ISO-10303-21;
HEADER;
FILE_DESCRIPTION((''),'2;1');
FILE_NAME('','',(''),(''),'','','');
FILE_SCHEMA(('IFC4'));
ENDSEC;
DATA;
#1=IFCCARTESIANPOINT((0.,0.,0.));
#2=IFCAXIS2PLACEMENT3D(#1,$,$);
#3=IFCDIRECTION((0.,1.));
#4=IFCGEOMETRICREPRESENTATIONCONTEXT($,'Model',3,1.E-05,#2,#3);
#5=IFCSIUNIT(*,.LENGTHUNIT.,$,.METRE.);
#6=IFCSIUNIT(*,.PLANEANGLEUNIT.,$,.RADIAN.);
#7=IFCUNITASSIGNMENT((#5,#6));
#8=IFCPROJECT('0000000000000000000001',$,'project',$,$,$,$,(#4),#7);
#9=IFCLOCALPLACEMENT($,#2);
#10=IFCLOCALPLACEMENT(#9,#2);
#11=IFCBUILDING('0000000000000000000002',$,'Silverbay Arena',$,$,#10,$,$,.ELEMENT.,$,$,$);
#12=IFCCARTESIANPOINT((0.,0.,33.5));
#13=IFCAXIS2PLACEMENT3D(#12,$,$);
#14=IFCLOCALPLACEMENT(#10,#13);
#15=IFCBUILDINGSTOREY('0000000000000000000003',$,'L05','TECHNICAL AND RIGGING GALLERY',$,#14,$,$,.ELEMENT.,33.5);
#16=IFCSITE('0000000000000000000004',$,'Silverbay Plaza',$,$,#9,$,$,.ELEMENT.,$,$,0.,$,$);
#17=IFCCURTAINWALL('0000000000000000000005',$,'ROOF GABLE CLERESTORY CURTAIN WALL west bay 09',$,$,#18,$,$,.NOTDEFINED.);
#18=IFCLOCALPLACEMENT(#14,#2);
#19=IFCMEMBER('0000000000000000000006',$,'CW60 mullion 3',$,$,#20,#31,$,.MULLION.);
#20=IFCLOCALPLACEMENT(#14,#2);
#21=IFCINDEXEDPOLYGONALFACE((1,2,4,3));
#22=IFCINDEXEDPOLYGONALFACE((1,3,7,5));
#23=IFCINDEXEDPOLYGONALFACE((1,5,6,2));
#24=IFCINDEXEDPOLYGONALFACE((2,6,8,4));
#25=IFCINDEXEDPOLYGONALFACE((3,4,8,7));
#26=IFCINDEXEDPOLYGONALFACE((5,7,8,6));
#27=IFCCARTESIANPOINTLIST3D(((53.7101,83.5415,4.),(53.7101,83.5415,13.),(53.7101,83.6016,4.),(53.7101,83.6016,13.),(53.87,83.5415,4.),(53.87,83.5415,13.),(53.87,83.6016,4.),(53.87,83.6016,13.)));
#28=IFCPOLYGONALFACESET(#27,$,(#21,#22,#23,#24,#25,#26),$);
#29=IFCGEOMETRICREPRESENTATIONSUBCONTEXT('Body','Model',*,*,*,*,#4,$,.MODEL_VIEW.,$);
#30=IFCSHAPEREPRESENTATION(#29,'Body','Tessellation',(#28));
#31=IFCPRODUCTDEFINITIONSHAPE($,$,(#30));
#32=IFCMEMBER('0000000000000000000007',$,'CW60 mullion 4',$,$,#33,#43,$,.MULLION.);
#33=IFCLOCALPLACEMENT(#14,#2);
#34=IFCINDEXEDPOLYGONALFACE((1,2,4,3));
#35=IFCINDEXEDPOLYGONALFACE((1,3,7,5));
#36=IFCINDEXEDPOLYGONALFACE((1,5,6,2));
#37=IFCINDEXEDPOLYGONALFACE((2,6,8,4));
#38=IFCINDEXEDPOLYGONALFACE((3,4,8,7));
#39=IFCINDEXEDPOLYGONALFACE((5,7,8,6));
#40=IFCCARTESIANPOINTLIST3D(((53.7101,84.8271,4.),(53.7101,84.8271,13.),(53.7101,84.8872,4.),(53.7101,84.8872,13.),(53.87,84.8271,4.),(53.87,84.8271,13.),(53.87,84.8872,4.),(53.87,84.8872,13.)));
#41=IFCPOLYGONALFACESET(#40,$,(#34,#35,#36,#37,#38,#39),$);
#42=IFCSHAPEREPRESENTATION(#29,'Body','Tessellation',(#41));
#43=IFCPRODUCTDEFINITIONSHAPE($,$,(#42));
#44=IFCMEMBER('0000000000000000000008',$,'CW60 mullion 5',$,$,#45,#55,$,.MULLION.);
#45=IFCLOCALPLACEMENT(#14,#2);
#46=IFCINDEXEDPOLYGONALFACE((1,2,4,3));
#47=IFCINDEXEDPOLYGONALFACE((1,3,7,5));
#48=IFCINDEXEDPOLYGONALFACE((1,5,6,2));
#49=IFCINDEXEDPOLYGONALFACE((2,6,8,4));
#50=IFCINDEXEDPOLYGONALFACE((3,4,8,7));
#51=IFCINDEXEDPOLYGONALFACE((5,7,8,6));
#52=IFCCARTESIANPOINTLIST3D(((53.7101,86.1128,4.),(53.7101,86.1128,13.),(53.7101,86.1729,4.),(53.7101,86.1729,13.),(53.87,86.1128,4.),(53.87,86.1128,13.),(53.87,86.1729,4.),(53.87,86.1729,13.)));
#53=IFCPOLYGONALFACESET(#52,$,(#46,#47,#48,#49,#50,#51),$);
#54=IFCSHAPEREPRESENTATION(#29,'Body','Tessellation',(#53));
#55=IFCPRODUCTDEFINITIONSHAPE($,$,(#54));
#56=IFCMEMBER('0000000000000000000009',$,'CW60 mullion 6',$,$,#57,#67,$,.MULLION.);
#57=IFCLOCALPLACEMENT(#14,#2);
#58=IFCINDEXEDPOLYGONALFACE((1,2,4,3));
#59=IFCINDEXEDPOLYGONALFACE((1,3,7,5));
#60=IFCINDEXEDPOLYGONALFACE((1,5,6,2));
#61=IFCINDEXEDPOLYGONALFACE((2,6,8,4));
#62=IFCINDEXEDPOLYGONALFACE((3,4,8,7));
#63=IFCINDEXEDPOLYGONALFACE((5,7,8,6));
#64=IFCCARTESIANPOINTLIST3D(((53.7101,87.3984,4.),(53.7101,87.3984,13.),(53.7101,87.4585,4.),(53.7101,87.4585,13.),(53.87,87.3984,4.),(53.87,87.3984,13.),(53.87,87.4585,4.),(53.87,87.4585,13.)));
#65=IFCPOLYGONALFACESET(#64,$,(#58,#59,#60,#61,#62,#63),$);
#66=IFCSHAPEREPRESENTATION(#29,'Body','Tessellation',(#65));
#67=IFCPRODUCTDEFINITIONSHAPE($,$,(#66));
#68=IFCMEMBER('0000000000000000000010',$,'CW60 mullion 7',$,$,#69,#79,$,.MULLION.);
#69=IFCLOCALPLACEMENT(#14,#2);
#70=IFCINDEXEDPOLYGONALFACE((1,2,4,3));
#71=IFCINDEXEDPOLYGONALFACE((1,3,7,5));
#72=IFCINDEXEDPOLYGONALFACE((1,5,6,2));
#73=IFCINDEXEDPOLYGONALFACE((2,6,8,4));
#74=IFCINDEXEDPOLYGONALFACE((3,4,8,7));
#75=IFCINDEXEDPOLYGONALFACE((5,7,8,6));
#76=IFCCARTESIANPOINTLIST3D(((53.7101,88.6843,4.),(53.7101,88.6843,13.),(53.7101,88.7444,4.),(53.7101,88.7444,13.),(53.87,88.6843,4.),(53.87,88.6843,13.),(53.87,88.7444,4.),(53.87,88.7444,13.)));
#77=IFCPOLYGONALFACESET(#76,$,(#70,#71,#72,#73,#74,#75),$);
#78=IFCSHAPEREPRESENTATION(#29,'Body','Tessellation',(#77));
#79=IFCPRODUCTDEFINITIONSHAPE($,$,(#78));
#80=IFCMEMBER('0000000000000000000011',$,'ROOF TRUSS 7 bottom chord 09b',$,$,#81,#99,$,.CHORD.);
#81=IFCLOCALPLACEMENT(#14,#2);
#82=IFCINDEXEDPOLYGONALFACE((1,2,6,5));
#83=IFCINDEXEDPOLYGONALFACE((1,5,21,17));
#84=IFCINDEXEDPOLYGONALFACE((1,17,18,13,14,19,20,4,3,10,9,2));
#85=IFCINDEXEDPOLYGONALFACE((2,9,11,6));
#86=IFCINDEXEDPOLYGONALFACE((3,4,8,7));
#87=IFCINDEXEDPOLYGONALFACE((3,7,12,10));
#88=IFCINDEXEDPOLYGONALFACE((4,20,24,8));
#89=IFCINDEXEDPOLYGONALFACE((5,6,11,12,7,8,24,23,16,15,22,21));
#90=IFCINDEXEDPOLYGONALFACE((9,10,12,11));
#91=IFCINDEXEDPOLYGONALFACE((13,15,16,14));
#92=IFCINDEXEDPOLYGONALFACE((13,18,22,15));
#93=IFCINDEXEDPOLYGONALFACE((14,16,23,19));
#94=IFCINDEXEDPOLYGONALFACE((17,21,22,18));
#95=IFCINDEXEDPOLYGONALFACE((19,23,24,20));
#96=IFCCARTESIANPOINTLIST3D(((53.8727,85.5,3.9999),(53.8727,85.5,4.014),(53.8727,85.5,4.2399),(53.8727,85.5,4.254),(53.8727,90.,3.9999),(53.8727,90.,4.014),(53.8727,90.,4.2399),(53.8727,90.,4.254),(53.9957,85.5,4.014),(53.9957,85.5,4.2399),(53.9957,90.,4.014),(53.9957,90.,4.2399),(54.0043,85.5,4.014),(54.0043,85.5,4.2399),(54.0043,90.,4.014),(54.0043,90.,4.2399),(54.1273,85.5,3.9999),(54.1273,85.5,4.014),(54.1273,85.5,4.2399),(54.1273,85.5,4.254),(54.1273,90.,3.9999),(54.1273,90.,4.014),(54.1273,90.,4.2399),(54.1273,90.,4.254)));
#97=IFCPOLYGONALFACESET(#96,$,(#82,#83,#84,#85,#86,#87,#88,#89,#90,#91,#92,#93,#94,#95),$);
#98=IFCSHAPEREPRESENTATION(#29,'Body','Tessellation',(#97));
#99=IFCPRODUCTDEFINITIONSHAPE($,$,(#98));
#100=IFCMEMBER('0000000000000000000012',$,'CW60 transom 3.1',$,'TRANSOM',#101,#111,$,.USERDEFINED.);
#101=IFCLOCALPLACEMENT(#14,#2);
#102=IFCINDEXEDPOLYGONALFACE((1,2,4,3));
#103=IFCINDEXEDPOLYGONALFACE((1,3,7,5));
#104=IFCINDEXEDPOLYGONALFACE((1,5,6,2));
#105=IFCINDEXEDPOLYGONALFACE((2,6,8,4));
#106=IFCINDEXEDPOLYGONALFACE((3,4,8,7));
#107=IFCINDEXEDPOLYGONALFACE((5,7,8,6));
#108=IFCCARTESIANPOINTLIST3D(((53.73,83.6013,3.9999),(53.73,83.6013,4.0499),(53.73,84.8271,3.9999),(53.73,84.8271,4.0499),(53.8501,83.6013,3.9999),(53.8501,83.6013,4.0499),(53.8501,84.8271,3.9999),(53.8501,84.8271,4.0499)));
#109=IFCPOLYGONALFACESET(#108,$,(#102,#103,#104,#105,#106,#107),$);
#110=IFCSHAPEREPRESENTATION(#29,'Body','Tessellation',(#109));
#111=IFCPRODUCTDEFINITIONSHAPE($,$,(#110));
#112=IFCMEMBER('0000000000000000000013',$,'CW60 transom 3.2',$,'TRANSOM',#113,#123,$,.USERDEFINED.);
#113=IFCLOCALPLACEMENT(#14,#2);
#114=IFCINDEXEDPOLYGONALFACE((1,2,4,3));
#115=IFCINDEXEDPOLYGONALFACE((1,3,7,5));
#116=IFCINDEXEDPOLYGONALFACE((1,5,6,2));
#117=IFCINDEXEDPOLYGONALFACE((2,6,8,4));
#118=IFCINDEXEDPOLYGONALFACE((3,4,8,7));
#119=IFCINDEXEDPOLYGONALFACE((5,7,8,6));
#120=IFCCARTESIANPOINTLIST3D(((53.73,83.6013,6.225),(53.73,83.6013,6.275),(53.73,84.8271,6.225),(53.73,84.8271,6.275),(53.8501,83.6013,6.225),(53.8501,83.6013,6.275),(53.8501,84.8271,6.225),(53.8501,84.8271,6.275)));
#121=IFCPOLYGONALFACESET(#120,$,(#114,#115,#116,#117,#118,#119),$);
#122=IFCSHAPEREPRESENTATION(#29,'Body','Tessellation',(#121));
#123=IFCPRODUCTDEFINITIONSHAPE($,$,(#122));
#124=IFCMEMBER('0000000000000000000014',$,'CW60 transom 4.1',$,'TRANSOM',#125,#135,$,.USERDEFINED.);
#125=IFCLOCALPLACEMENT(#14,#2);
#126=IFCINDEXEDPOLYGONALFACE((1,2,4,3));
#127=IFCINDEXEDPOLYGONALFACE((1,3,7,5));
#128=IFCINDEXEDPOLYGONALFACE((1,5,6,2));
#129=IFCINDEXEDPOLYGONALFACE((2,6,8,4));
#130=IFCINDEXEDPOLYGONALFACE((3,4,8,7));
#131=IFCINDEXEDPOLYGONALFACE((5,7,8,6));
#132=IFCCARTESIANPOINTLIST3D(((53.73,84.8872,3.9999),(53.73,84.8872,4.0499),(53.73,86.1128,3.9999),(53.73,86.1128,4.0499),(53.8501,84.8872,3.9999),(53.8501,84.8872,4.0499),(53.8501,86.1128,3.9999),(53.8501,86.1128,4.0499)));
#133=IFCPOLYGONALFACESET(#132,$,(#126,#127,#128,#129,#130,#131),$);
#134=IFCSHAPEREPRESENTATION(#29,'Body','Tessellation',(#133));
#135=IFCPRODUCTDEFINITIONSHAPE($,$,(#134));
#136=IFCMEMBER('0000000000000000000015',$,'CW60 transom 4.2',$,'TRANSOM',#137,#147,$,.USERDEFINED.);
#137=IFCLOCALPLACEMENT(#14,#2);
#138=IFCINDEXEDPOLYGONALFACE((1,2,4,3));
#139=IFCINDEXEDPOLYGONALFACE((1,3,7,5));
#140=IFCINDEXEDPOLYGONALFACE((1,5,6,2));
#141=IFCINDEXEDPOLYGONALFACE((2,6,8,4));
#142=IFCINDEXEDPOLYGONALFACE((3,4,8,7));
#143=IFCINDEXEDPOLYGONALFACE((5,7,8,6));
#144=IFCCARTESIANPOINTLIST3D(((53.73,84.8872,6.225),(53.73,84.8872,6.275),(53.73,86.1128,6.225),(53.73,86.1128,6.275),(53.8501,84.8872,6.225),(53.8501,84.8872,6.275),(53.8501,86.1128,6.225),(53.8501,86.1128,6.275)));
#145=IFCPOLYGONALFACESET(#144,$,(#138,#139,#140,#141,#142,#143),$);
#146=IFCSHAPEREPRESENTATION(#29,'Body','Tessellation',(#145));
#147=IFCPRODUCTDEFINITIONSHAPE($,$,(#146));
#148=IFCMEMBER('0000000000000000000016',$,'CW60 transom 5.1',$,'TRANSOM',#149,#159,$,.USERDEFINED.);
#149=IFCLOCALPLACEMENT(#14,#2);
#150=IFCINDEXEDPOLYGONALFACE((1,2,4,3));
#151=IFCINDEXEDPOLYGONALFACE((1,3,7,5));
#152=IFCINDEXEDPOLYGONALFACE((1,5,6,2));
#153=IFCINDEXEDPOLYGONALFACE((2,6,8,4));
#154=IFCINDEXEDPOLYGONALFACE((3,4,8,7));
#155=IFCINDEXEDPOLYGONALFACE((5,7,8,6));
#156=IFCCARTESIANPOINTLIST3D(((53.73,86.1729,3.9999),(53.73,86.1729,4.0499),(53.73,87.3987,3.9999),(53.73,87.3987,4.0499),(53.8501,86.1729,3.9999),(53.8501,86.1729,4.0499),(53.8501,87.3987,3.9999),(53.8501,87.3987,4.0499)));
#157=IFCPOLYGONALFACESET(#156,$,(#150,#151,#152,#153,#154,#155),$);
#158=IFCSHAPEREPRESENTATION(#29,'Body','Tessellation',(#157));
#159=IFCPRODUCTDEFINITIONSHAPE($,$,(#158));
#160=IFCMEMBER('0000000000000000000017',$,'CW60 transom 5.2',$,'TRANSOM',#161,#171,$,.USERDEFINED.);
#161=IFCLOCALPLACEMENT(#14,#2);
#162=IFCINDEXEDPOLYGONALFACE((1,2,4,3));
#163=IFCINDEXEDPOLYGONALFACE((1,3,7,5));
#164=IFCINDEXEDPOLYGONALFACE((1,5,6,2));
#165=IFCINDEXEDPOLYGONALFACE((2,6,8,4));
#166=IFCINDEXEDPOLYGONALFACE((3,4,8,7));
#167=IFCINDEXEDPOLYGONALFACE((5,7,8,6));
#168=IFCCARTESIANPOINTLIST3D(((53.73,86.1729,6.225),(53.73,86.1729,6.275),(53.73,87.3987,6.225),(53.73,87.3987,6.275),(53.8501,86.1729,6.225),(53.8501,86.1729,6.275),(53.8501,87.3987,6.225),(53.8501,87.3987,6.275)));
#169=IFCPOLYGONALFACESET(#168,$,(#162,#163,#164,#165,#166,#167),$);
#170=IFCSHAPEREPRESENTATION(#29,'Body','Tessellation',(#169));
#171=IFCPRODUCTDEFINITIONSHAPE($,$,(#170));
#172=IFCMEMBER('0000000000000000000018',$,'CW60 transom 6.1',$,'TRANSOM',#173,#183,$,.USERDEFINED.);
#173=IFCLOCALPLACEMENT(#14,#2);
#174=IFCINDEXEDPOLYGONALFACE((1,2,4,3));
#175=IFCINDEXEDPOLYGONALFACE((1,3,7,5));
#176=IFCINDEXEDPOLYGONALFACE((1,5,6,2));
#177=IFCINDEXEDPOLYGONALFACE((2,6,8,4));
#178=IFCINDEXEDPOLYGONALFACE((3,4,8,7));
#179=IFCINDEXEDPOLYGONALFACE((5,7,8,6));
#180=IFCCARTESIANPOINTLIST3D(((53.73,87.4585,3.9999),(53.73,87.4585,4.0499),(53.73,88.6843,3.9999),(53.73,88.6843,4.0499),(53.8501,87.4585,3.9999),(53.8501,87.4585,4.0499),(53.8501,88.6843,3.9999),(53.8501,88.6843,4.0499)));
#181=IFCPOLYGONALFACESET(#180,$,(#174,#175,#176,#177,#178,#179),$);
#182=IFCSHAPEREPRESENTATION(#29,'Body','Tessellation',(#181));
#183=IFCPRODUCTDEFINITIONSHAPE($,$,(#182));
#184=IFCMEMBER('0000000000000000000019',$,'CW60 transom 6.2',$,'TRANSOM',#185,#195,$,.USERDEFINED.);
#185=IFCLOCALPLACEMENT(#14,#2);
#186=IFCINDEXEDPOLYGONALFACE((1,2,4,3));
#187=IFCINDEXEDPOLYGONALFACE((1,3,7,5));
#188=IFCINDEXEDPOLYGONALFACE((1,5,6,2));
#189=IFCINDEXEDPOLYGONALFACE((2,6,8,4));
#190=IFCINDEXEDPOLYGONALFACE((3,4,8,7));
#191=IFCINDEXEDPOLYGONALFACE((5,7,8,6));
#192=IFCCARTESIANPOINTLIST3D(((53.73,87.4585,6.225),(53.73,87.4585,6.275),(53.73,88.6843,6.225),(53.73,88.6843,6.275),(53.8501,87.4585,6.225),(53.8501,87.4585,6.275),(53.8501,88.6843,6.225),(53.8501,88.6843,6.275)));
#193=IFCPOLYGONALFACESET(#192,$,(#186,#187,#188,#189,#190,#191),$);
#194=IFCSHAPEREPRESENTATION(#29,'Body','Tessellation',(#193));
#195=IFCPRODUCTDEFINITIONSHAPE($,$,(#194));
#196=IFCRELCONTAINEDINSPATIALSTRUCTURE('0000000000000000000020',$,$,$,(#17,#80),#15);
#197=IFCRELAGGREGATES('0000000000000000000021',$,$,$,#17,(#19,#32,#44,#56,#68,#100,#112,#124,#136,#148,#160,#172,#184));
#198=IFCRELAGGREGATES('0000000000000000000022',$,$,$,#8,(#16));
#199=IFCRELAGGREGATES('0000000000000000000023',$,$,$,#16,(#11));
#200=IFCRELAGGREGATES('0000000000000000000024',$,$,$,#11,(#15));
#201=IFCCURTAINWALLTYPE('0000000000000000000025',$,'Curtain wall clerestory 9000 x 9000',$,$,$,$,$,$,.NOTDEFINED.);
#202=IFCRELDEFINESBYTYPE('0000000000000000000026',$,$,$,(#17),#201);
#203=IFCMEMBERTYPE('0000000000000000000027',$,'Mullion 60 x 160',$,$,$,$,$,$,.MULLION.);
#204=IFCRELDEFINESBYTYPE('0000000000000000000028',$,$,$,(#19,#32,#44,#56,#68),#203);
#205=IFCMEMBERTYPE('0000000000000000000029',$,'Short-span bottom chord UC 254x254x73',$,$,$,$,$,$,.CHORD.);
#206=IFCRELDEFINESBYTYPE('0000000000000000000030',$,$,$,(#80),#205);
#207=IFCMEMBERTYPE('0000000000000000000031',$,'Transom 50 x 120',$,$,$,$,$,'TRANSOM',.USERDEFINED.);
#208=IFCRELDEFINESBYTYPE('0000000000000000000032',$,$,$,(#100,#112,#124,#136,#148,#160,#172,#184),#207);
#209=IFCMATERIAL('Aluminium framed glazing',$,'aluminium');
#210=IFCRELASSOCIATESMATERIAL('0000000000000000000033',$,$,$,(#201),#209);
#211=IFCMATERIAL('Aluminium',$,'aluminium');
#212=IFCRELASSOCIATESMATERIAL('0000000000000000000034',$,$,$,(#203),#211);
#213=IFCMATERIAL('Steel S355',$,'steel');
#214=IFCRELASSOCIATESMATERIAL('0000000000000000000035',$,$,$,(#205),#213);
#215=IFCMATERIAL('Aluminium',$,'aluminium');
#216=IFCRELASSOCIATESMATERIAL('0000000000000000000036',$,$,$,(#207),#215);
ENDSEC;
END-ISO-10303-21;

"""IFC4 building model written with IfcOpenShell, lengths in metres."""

from ifc_helpers import new_model, si_unit, direction, frame, origin, origin_2d, place, context, subcontext, project, spatial, rectangle, i_section, extrude, material, material_profile, profile_set, type_object, element, aggregate, save


model = new_model("IFC4")

# Units and contexts
model_context = context("Model", 3, precision=1e-05, world=origin(), true_north=direction((0.0, 1.0)))
body_context = subcontext(model_context, "Body", "Model", "MODEL_VIEW")
ifc_project = project(units=[si_unit("LENGTHUNIT", "METRE"), si_unit("PLANEANGLEUNIT", "RADIAN")], contexts=[model_context])

# Site, building, storey
site_placement = place(None, origin())
site = spatial("IfcSite", under=ifc_project, at=site_placement, Name="Silverbay Plaza", CompositionType="ELEMENT", RefElevation=0.0)
building_placement = place(site_placement, origin())
building = spatial("IfcBuilding", under=site, at=building_placement, Name="Silverbay Arena", CompositionType="ELEMENT")
storey_placement = place(building_placement, frame((0.0, 0.0, 33.5)))
storey = spatial("IfcBuildingStorey", under=building, at=storey_placement, Name="L05", Description="TECHNICAL AND RIGGING GALLERY", CompositionType="ELEMENT", Elevation=33.5)

# Curtain wall, members
ifc_material_1 = material(Name="Aluminium framed glazing", Category="aluminium")
curtain_wall_type = type_object("IfcCurtainWallType", Name="Curtain wall clerestory 9000 x 9000", PredefinedType="NOTDEFINED", material=ifc_material_1)
curtain_wall_placement = place(storey_placement, origin())
curtain_wall = element("IfcCurtainWall", 1, at=curtain_wall_placement, inside=storey, type_object=curtain_wall_type, Name="ROOF GABLE CLERESTORY CURTAIN WALL west bay 09", PredefinedType="NOTDEFINED")
ifc_material_2 = material(Name="Aluminium", Category="aluminium")
ifc_material_profile_1 = material_profile(ifc_material_2, rectangle(XDim=0.1599, YDim=0.0601, at=origin_2d()), Name="Mullion 60 x 160")
ifc_profile_set_1 = profile_set([ifc_material_profile_1], Name="Aluminium")
member_type_1 = type_object("IfcMemberType", Name="Mullion 60 x 160", PredefinedType="MULLION", material=ifc_profile_set_1)
member_1_placement = place(storey_placement, frame((53.79, 83.5715, 4.0), z_axis=(0.0, 0.0, 1.0), x_axis=(-1.0, 0.0, 0.0)))
member_1 = element("IfcMember", 2, at=member_1_placement, type_object=member_type_1, Name="CW60 mullion 3", PredefinedType="MULLION", context=body_context, shape_type="SweptSolid", body=[
    extrude(rectangle(XDim=0.1599, YDim=0.0601, at=origin_2d()), origin(), (0.0, 0.0, 1.0), 9.0),
])
member_2_placement = place(storey_placement, frame((53.79, 84.8572, 4.0), z_axis=(0.0, 0.0, 1.0), x_axis=(-1.0, 0.0, 0.0)))
member_2 = element("IfcMember", 3, at=member_2_placement, type_object=member_type_1, Name="CW60 mullion 4", PredefinedType="MULLION", context=body_context, shape_type="SweptSolid", body=[
    extrude(rectangle(XDim=0.1599, YDim=0.0601, at=origin_2d()), origin(), (0.0, 0.0, 1.0), 9.0),
])
member_3_placement = place(storey_placement, frame((53.79, 86.1428, 4.0), z_axis=(0.0, 0.0, 1.0), x_axis=(-1.0, 0.0, 0.0)))
member_3 = element("IfcMember", 4, at=member_3_placement, type_object=member_type_1, Name="CW60 mullion 5", PredefinedType="MULLION", context=body_context, shape_type="SweptSolid", body=[
    extrude(rectangle(XDim=0.1599, YDim=0.0601, at=origin_2d()), origin(), (0.0, 0.0, 1.0), 9.0),
])
member_4_placement = place(storey_placement, frame((53.79, 87.4285, 4.0), z_axis=(0.0, 0.0, 1.0), x_axis=(-1.0, 0.0, 0.0)))
member_4 = element("IfcMember", 5, at=member_4_placement, type_object=member_type_1, Name="CW60 mullion 6", PredefinedType="MULLION", context=body_context, shape_type="SweptSolid", body=[
    extrude(rectangle(XDim=0.1599, YDim=0.0601, at=origin_2d()), origin(), (0.0, 0.0, 1.0), 9.0),
])
member_5_placement = place(storey_placement, frame((53.79, 88.7144, 4.0), z_axis=(0.0, 0.0, 1.0), x_axis=(-1.0, 0.0, 0.0)))
member_5 = element("IfcMember", 6, at=member_5_placement, type_object=member_type_1, Name="CW60 mullion 7", PredefinedType="MULLION", context=body_context, shape_type="SweptSolid", body=[
    extrude(rectangle(XDim=0.1599, YDim=0.0601, at=origin_2d()), origin(), (0.0, 0.0, 1.0), 9.0),
])

# Members
ifc_material_3 = material(Name="Steel S355", Category="steel")
ifc_material_profile_2 = material_profile(ifc_material_3, i_section(OverallWidth=0.2546, OverallDepth=0.2542, WebThickness=0.0085, FlangeThickness=0.0142, at=origin_2d()), Name="UC 254x254x73")
ifc_profile_set_2 = profile_set([ifc_material_profile_2], Name="Steel S355")
member_type_2 = type_object("IfcMemberType", Name="Short-span bottom chord UC 254x254x73", PredefinedType="CHORD", material=ifc_profile_set_2)
member_6_placement = place(storey_placement, frame((54.0, 85.5, 4.127), z_axis=(0.0, 1.0, 0.0), x_axis=(-1.0, 0.0, 0.0)))
element("IfcMember", 7, at=member_6_placement, inside=storey, type_object=member_type_2, Name="ROOF TRUSS 7 bottom chord 09b", PredefinedType="CHORD", context=body_context, shape_type="SweptSolid", body=[
    extrude(i_section(OverallWidth=0.2546, OverallDepth=0.2542, WebThickness=0.0085, FlangeThickness=0.0142, at=origin_2d()), origin(), (0.0, 0.0, 1.0), 4.5),
])
ifc_material_4 = material(Name="Aluminium", Category="aluminium")
ifc_material_profile_3 = material_profile(ifc_material_4, rectangle(XDim=0.1201, YDim=0.05, at=origin_2d()), Name="Transom 50 x 120")
ifc_profile_set_3 = profile_set([ifc_material_profile_3], Name="Aluminium")
member_type_3 = type_object("IfcMemberType", Name="Transom 50 x 120", ElementType="TRANSOM", PredefinedType="USERDEFINED", material=ifc_profile_set_3)
member_7_placement = place(storey_placement, frame((53.79, 83.6013, 4.0249), z_axis=(0.0, 1.0, 0.0), x_axis=(-1.0, 0.0, 0.0)))
member_7 = element("IfcMember", 8, at=member_7_placement, type_object=member_type_3, Name="CW60 transom 3.1", ObjectType="TRANSOM", PredefinedType="USERDEFINED", context=body_context, shape_type="SweptSolid", body=[
    extrude(rectangle(XDim=0.1201, YDim=0.05, at=origin_2d()), origin(), (0.0, 0.0, 1.0), 1.2258),
])
member_8_placement = place(storey_placement, frame((53.79, 83.6013, 6.25), z_axis=(0.0, 1.0, 0.0), x_axis=(-1.0, 0.0, 0.0)))
member_8 = element("IfcMember", 9, at=member_8_placement, type_object=member_type_3, Name="CW60 transom 3.2", ObjectType="TRANSOM", PredefinedType="USERDEFINED", context=body_context, shape_type="SweptSolid", body=[
    extrude(rectangle(XDim=0.1201, YDim=0.05, at=origin_2d()), origin(), (0.0, 0.0, 1.0), 1.2258),
])
member_9_placement = place(storey_placement, frame((53.79, 84.8872, 4.0249), z_axis=(0.0, 1.0, 0.0), x_axis=(-1.0, 0.0, 0.0)))
member_9 = element("IfcMember", 10, at=member_9_placement, type_object=member_type_3, Name="CW60 transom 4.1", ObjectType="TRANSOM", PredefinedType="USERDEFINED", context=body_context, shape_type="SweptSolid", body=[
    extrude(rectangle(XDim=0.1201, YDim=0.05, at=origin_2d()), origin(), (0.0, 0.0, 1.0), 1.2256),
])
member_10_placement = place(storey_placement, frame((53.79, 84.8872, 6.25), z_axis=(0.0, 1.0, 0.0), x_axis=(-1.0, 0.0, 0.0)))
member_10 = element("IfcMember", 11, at=member_10_placement, type_object=member_type_3, Name="CW60 transom 4.2", ObjectType="TRANSOM", PredefinedType="USERDEFINED", context=body_context, shape_type="SweptSolid", body=[
    extrude(rectangle(XDim=0.1201, YDim=0.05, at=origin_2d()), origin(), (0.0, 0.0, 1.0), 1.2256),
])
member_11_placement = place(storey_placement, frame((53.79, 86.1729, 4.0249), z_axis=(0.0, 1.0, 0.0), x_axis=(-1.0, 0.0, 0.0)))
member_11 = element("IfcMember", 12, at=member_11_placement, type_object=member_type_3, Name="CW60 transom 5.1", ObjectType="TRANSOM", PredefinedType="USERDEFINED", context=body_context, shape_type="SweptSolid", body=[
    extrude(rectangle(XDim=0.1201, YDim=0.05, at=origin_2d()), origin(), (0.0, 0.0, 1.0), 1.2258),
])
member_12_placement = place(storey_placement, frame((53.79, 86.1729, 6.25), z_axis=(0.0, 1.0, 0.0), x_axis=(-1.0, 0.0, 0.0)))
member_12 = element("IfcMember", 13, at=member_12_placement, type_object=member_type_3, Name="CW60 transom 5.2", ObjectType="TRANSOM", PredefinedType="USERDEFINED", context=body_context, shape_type="SweptSolid", body=[
    extrude(rectangle(XDim=0.1201, YDim=0.05, at=origin_2d()), origin(), (0.0, 0.0, 1.0), 1.2258),
])
member_13_placement = place(storey_placement, frame((53.79, 87.4585, 4.0249), z_axis=(0.0, 1.0, 0.0), x_axis=(-1.0, 0.0, 0.0)))
member_13 = element("IfcMember", 14, at=member_13_placement, type_object=member_type_3, Name="CW60 transom 6.1", ObjectType="TRANSOM", PredefinedType="USERDEFINED", context=body_context, shape_type="SweptSolid", body=[
    extrude(rectangle(XDim=0.1201, YDim=0.05, at=origin_2d()), origin(), (0.0, 0.0, 1.0), 1.2258),
])
member_14_placement = place(storey_placement, frame((53.79, 87.4585, 6.25), z_axis=(0.0, 1.0, 0.0), x_axis=(-1.0, 0.0, 0.0)))
member_14 = element("IfcMember", 15, at=member_14_placement, type_object=member_type_3, Name="CW60 transom 6.2", ObjectType="TRANSOM", PredefinedType="USERDEFINED", context=body_context, shape_type="SweptSolid", body=[
    extrude(rectangle(XDim=0.1201, YDim=0.05, at=origin_2d()), origin(), (0.0, 0.0, 1.0), 1.2258),
])

aggregate(curtain_wall, [member_1, member_2, member_3, member_4, member_5, member_7, member_8, member_9, member_10, member_11, member_12, member_13, member_14])

save(model, "model.ifc")
